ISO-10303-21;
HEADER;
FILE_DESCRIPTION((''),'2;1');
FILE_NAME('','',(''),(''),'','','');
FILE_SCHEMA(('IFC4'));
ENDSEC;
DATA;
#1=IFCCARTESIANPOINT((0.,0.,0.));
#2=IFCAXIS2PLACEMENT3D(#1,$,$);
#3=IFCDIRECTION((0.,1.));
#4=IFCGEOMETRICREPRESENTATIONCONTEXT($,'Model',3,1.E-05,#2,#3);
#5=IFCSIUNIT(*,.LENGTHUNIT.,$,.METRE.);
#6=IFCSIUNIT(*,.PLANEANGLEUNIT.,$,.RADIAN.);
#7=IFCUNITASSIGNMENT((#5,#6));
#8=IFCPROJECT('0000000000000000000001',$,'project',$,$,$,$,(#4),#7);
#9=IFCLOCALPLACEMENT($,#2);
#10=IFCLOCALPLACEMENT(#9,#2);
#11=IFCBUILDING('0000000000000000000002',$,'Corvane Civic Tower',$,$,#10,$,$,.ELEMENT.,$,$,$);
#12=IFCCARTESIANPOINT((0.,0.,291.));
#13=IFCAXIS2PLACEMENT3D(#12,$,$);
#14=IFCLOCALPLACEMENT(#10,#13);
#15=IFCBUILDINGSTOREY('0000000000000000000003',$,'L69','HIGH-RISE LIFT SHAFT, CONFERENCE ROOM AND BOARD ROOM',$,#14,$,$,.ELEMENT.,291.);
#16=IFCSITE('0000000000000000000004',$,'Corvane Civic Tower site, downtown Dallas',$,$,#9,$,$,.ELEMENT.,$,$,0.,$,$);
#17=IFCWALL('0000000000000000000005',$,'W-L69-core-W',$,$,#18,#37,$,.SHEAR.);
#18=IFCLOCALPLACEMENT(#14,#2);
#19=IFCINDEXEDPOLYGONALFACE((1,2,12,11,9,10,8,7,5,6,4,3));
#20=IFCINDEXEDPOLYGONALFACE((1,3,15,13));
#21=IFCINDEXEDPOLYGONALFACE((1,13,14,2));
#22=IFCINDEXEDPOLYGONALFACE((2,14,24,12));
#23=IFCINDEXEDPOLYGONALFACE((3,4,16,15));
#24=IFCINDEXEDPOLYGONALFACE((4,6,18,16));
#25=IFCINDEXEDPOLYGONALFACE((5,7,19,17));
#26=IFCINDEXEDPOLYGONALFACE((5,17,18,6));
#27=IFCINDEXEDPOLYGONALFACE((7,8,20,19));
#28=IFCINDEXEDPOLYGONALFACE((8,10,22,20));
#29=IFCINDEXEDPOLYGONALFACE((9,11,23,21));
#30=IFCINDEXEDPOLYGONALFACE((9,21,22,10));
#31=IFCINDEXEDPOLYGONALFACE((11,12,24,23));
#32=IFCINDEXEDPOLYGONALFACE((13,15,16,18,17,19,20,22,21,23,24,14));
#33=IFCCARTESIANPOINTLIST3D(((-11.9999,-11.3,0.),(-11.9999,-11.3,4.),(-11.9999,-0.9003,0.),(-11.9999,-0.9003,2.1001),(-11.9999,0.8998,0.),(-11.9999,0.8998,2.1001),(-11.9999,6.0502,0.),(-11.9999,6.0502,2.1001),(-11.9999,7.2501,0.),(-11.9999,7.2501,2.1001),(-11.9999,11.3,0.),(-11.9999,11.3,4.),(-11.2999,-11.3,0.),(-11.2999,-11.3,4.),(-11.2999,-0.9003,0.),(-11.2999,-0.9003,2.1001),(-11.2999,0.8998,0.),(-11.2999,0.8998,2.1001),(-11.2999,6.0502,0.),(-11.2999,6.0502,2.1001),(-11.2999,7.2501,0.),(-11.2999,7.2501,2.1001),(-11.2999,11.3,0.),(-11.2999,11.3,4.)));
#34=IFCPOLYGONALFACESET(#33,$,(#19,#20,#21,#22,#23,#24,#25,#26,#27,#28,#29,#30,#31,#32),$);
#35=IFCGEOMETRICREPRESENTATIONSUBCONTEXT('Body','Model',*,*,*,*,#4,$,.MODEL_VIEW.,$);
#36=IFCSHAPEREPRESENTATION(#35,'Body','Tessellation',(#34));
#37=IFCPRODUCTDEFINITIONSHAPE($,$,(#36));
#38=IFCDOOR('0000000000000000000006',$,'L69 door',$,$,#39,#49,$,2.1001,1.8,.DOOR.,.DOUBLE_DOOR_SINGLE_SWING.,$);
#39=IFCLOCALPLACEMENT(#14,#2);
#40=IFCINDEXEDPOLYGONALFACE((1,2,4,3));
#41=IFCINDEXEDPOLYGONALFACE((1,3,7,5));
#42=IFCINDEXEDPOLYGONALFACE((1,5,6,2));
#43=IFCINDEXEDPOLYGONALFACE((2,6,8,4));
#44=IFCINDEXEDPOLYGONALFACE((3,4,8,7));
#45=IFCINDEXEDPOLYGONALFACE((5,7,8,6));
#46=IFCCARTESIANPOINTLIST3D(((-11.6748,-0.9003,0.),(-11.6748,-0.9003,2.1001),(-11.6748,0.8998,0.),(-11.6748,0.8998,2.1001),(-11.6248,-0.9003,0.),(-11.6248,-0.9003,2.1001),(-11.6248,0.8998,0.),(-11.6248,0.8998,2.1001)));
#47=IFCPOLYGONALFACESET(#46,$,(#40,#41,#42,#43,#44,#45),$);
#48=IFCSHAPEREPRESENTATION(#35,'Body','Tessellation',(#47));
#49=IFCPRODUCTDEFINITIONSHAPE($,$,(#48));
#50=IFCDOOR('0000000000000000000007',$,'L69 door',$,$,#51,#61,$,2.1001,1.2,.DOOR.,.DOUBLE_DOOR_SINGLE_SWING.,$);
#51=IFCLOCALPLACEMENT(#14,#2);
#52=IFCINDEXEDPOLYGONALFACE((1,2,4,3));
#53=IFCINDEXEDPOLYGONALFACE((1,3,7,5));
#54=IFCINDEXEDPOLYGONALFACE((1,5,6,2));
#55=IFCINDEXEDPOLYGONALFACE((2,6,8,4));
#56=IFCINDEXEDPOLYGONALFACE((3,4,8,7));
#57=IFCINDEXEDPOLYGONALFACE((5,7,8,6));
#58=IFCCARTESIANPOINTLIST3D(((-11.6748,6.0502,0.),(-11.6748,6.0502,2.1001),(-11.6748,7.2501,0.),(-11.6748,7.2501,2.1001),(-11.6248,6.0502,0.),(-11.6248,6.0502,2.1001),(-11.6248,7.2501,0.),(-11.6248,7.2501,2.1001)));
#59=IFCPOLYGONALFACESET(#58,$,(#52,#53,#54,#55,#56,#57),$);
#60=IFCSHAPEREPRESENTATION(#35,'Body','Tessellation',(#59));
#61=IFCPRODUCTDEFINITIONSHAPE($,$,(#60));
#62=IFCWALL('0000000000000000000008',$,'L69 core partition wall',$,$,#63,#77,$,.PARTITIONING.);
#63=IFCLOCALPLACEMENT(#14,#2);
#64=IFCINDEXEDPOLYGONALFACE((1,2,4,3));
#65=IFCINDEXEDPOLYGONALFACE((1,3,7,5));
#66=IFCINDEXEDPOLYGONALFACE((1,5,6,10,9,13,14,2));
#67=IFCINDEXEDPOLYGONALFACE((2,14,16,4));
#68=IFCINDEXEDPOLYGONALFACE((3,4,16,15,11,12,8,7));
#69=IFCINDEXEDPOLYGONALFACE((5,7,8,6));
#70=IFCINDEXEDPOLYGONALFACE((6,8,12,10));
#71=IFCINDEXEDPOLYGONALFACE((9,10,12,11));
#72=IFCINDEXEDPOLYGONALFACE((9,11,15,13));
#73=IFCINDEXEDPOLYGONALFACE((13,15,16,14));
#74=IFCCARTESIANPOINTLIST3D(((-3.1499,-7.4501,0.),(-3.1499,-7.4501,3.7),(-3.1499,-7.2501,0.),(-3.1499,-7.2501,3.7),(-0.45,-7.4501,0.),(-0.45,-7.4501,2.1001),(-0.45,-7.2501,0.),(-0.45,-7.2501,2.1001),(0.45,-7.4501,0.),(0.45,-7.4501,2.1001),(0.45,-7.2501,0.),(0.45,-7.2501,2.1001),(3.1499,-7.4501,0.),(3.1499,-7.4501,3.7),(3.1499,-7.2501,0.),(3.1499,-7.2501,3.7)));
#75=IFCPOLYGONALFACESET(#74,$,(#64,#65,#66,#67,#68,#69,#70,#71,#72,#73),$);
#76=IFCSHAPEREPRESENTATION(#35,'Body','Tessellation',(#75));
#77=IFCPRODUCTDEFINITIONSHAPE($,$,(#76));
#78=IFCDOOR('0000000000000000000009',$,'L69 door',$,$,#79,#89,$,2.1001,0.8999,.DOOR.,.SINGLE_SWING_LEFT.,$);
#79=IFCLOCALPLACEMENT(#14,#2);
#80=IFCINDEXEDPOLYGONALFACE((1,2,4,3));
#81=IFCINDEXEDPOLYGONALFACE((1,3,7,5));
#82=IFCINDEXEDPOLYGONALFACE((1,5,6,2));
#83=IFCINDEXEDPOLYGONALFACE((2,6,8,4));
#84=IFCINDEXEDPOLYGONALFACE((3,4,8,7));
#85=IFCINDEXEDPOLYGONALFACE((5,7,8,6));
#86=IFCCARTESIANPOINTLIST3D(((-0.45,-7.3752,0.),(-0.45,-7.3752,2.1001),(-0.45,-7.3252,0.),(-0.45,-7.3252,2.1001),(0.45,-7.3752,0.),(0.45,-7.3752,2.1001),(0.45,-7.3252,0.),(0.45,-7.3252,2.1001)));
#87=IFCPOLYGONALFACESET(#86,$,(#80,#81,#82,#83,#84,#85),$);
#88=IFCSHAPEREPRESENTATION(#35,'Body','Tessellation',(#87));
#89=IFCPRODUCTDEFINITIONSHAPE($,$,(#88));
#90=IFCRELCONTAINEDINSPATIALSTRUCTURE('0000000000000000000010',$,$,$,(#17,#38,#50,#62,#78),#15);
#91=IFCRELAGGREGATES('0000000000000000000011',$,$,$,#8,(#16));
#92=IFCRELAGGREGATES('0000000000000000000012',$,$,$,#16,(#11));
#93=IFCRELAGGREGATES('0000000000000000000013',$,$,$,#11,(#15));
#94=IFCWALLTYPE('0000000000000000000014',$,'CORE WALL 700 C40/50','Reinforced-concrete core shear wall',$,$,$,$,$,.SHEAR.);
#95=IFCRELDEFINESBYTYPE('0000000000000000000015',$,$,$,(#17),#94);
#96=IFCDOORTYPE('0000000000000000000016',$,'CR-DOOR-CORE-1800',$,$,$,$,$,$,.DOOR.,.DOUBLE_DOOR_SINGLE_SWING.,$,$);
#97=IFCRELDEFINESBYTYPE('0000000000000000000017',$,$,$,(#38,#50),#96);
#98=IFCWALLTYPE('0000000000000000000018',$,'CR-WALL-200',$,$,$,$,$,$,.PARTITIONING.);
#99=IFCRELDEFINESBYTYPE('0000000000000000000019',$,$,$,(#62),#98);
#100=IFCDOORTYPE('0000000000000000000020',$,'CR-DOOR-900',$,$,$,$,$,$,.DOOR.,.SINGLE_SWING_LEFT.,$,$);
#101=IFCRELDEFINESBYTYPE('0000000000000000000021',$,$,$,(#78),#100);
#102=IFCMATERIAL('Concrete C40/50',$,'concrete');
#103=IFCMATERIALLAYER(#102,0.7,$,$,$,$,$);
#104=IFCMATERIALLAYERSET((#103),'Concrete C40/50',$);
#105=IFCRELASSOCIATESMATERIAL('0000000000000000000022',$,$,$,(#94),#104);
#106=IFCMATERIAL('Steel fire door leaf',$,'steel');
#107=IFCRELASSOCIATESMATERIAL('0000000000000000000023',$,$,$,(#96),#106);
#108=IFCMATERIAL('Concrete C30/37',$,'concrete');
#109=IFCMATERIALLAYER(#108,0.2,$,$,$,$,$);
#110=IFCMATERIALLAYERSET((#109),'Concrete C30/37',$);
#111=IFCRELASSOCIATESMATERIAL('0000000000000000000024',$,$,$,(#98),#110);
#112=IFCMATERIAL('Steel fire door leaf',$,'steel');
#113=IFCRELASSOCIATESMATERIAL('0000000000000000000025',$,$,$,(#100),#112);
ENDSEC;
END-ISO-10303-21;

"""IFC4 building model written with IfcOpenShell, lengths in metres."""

from ifc_helpers import new_model, si_unit, direction, frame, frame_2d, origin, place, context, subcontext, project, spatial, rectangle, extrude, material, layer, layer_set, type_object, element, fill, save


model = new_model("IFC4")

# Units and contexts
model_context = context("Model", 3, precision=1e-05, world=origin(), true_north=direction((0.0, 1.0)))
body_context = subcontext(model_context, "Body", "Model", "MODEL_VIEW")
ifc_project = project(units=[si_unit("LENGTHUNIT", "METRE"), si_unit("PLANEANGLEUNIT", "RADIAN")], contexts=[model_context])

# Site, building, storey
site_placement = place(None, origin())
site = spatial("IfcSite", under=ifc_project, at=site_placement, Name="Corvane Civic Tower site, downtown Dallas", CompositionType="ELEMENT", RefElevation=0.0)
building_placement = place(site_placement, origin())
building = spatial("IfcBuilding", under=site, at=building_placement, Name="Corvane Civic Tower", CompositionType="ELEMENT")
storey_placement = place(building_placement, frame((0.0, 0.0, 291.0)))
storey = spatial("IfcBuildingStorey", under=building, at=storey_placement, Name="L69", Description="HIGH-RISE LIFT SHAFT, CONFERENCE ROOM AND BOARD ROOM", CompositionType="ELEMENT", Elevation=291.0)

# Wall, openings, doors
ifc_material_1 = material(Name="Concrete C40/50", Category="concrete")
ifc_layer_1 = layer(ifc_material_1, 0.7)
ifc_layer_set_1 = layer_set([ifc_layer_1], Name="Concrete C40/50")
wall_type_1 = type_object("IfcWallType", Name="CORE WALL 700 C40/50", Description="Reinforced-concrete core shear wall", PredefinedType="SHEAR", material=ifc_layer_set_1)
wall_1_placement = place(storey_placement, frame((-11.6499, -11.3, 0.0), z_axis=(0.0, 0.0, 1.0), x_axis=(0.0, 1.0, 0.0)))
wall_1 = element("IfcWall", 1, at=wall_1_placement, inside=storey, type_object=wall_type_1, Name="W-L69-core-W", PredefinedType="SHEAR", context=body_context, shape_type="SweptSolid", body=[
    extrude(rectangle(XDim=22.6001, YDim=0.7, at=frame_2d((11.3, 0.0))), origin(), (0.0, 0.0, 1.0), 4.0),
])
opening_1_placement = place(wall_1_placement, frame((10.3999, 0.0, 0.0)))
opening_1 = element("IfcOpeningElement", 2, at=opening_1_placement, cuts=wall_1, PredefinedType="OPENING", context=body_context, shape_type="SweptSolid", body=[
    extrude(rectangle(XDim=1.8, YDim=2.1001, at=frame_2d((0.8999, 1.05))), frame((0.0, 0.3599, 0.0), z_axis=(0.0, -1.0, 0.0), x_axis=(1.0, 0.0, 0.0)), (0.0, 0.0, 1.0), 0.72),
])
opening_2_placement = place(wall_1_placement, frame((17.3501, 0.0, 0.0)))
opening_2 = element("IfcOpeningElement", 3, at=opening_2_placement, cuts=wall_1, PredefinedType="OPENING", context=body_context, shape_type="SweptSolid", body=[
    extrude(rectangle(XDim=1.2, YDim=2.1001, at=frame_2d((0.6001, 1.05))), frame((0.0, 0.3599, 0.0), z_axis=(0.0, -1.0, 0.0), x_axis=(1.0, 0.0, 0.0)), (0.0, 0.0, 1.0), 0.72),
])
ifc_material_2 = material(Name="Steel fire door leaf", Category="steel")
door_type_1 = type_object("IfcDoorType", Name="CR-DOOR-CORE-1800", OperationType="DOUBLE_DOOR_SINGLE_SWING", PredefinedType="DOOR", material=ifc_material_2)
door_1_placement = place(opening_1_placement, origin())
door_1 = element("IfcDoor", 4, at=door_1_placement, inside=storey, type_object=door_type_1, Name="L69 door", OperationType="DOUBLE_DOOR_SINGLE_SWING", OverallHeight=2.1001, OverallWidth=1.8, PredefinedType="DOOR", context=body_context, shape_type="SweptSolid", body=[
    extrude(rectangle(XDim=1.8, YDim=2.1001, at=frame_2d((0.8999, 1.05))), frame((0.0, 0.0249, 0.0), z_axis=(0.0, -1.0, 0.0), x_axis=(1.0, 0.0, 0.0)), (0.0, 0.0, 1.0), 0.05),
])
fill(opening_1, door_1)
door_2_placement = place(opening_2_placement, origin())
door_2 = element("IfcDoor", 5, at=door_2_placement, inside=storey, type_object=door_type_1, Name="L69 door", OperationType="DOUBLE_DOOR_SINGLE_SWING", OverallHeight=2.1001, OverallWidth=1.2, PredefinedType="DOOR", context=body_context, shape_type="SweptSolid", body=[
    extrude(rectangle(XDim=1.2, YDim=2.1001, at=frame_2d((0.6001, 1.05))), frame((0.0, 0.0249, 0.0), z_axis=(0.0, -1.0, 0.0), x_axis=(1.0, 0.0, 0.0)), (0.0, 0.0, 1.0), 0.05),
])
fill(opening_2, door_2)

# Wall, opening, door
ifc_material_3 = material(Name="Concrete C30/37", Category="concrete")
ifc_layer_2 = layer(ifc_material_3, 0.2)
ifc_layer_set_2 = layer_set([ifc_layer_2], Name="Concrete C30/37")
wall_type_2 = type_object("IfcWallType", Name="CR-WALL-200", PredefinedType="PARTITIONING", material=ifc_layer_set_2)
wall_2_placement = place(storey_placement, frame((-3.1499, -7.3501, 0.0), z_axis=(0.0, 0.0, 1.0), x_axis=(1.0, 0.0, 0.0)))
wall_2 = element("IfcWall", 6, at=wall_2_placement, inside=storey, type_object=wall_type_2, Name="L69 core partition wall", PredefinedType="PARTITIONING", context=body_context, shape_type="SweptSolid", body=[
    extrude(rectangle(XDim=6.2998, YDim=0.2, at=frame_2d((3.1499, 0.0))), origin(), (0.0, 0.0, 1.0), 3.7),
])
opening_3_placement = place(wall_2_placement, frame((2.7, 0.0, 0.0)))
opening_3 = element("IfcOpeningElement", 7, at=opening_3_placement, cuts=wall_2, PredefinedType="OPENING", context=body_context, shape_type="SweptSolid", body=[
    extrude(rectangle(XDim=0.8999, YDim=2.1001, at=frame_2d((0.45, 1.05))), frame((0.0, 0.1099, 0.0), z_axis=(0.0, -1.0, 0.0), x_axis=(1.0, 0.0, 0.0)), (0.0, 0.0, 1.0), 0.22),
])
ifc_material_4 = material(Name="Steel fire door leaf", Category="steel")
door_type_2 = type_object("IfcDoorType", Name="CR-DOOR-900", OperationType="SINGLE_SWING_LEFT", PredefinedType="DOOR", material=ifc_material_4)
door_3_placement = place(opening_3_placement, origin())
door_3 = element("IfcDoor", 8, at=door_3_placement, inside=storey, type_object=door_type_2, Name="L69 door", OperationType="SINGLE_SWING_LEFT", OverallHeight=2.1001, OverallWidth=0.8999, PredefinedType="DOOR", context=body_context, shape_type="SweptSolid", body=[
    extrude(rectangle(XDim=0.8999, YDim=2.1001, at=frame_2d((0.45, 1.05))), frame((0.0, 0.0249, 0.0), z_axis=(0.0, -1.0, 0.0), x_axis=(1.0, 0.0, 0.0)), (0.0, 0.0, 1.0), 0.05),
])
fill(opening_3, door_3)

save(model, "model.ifc")
